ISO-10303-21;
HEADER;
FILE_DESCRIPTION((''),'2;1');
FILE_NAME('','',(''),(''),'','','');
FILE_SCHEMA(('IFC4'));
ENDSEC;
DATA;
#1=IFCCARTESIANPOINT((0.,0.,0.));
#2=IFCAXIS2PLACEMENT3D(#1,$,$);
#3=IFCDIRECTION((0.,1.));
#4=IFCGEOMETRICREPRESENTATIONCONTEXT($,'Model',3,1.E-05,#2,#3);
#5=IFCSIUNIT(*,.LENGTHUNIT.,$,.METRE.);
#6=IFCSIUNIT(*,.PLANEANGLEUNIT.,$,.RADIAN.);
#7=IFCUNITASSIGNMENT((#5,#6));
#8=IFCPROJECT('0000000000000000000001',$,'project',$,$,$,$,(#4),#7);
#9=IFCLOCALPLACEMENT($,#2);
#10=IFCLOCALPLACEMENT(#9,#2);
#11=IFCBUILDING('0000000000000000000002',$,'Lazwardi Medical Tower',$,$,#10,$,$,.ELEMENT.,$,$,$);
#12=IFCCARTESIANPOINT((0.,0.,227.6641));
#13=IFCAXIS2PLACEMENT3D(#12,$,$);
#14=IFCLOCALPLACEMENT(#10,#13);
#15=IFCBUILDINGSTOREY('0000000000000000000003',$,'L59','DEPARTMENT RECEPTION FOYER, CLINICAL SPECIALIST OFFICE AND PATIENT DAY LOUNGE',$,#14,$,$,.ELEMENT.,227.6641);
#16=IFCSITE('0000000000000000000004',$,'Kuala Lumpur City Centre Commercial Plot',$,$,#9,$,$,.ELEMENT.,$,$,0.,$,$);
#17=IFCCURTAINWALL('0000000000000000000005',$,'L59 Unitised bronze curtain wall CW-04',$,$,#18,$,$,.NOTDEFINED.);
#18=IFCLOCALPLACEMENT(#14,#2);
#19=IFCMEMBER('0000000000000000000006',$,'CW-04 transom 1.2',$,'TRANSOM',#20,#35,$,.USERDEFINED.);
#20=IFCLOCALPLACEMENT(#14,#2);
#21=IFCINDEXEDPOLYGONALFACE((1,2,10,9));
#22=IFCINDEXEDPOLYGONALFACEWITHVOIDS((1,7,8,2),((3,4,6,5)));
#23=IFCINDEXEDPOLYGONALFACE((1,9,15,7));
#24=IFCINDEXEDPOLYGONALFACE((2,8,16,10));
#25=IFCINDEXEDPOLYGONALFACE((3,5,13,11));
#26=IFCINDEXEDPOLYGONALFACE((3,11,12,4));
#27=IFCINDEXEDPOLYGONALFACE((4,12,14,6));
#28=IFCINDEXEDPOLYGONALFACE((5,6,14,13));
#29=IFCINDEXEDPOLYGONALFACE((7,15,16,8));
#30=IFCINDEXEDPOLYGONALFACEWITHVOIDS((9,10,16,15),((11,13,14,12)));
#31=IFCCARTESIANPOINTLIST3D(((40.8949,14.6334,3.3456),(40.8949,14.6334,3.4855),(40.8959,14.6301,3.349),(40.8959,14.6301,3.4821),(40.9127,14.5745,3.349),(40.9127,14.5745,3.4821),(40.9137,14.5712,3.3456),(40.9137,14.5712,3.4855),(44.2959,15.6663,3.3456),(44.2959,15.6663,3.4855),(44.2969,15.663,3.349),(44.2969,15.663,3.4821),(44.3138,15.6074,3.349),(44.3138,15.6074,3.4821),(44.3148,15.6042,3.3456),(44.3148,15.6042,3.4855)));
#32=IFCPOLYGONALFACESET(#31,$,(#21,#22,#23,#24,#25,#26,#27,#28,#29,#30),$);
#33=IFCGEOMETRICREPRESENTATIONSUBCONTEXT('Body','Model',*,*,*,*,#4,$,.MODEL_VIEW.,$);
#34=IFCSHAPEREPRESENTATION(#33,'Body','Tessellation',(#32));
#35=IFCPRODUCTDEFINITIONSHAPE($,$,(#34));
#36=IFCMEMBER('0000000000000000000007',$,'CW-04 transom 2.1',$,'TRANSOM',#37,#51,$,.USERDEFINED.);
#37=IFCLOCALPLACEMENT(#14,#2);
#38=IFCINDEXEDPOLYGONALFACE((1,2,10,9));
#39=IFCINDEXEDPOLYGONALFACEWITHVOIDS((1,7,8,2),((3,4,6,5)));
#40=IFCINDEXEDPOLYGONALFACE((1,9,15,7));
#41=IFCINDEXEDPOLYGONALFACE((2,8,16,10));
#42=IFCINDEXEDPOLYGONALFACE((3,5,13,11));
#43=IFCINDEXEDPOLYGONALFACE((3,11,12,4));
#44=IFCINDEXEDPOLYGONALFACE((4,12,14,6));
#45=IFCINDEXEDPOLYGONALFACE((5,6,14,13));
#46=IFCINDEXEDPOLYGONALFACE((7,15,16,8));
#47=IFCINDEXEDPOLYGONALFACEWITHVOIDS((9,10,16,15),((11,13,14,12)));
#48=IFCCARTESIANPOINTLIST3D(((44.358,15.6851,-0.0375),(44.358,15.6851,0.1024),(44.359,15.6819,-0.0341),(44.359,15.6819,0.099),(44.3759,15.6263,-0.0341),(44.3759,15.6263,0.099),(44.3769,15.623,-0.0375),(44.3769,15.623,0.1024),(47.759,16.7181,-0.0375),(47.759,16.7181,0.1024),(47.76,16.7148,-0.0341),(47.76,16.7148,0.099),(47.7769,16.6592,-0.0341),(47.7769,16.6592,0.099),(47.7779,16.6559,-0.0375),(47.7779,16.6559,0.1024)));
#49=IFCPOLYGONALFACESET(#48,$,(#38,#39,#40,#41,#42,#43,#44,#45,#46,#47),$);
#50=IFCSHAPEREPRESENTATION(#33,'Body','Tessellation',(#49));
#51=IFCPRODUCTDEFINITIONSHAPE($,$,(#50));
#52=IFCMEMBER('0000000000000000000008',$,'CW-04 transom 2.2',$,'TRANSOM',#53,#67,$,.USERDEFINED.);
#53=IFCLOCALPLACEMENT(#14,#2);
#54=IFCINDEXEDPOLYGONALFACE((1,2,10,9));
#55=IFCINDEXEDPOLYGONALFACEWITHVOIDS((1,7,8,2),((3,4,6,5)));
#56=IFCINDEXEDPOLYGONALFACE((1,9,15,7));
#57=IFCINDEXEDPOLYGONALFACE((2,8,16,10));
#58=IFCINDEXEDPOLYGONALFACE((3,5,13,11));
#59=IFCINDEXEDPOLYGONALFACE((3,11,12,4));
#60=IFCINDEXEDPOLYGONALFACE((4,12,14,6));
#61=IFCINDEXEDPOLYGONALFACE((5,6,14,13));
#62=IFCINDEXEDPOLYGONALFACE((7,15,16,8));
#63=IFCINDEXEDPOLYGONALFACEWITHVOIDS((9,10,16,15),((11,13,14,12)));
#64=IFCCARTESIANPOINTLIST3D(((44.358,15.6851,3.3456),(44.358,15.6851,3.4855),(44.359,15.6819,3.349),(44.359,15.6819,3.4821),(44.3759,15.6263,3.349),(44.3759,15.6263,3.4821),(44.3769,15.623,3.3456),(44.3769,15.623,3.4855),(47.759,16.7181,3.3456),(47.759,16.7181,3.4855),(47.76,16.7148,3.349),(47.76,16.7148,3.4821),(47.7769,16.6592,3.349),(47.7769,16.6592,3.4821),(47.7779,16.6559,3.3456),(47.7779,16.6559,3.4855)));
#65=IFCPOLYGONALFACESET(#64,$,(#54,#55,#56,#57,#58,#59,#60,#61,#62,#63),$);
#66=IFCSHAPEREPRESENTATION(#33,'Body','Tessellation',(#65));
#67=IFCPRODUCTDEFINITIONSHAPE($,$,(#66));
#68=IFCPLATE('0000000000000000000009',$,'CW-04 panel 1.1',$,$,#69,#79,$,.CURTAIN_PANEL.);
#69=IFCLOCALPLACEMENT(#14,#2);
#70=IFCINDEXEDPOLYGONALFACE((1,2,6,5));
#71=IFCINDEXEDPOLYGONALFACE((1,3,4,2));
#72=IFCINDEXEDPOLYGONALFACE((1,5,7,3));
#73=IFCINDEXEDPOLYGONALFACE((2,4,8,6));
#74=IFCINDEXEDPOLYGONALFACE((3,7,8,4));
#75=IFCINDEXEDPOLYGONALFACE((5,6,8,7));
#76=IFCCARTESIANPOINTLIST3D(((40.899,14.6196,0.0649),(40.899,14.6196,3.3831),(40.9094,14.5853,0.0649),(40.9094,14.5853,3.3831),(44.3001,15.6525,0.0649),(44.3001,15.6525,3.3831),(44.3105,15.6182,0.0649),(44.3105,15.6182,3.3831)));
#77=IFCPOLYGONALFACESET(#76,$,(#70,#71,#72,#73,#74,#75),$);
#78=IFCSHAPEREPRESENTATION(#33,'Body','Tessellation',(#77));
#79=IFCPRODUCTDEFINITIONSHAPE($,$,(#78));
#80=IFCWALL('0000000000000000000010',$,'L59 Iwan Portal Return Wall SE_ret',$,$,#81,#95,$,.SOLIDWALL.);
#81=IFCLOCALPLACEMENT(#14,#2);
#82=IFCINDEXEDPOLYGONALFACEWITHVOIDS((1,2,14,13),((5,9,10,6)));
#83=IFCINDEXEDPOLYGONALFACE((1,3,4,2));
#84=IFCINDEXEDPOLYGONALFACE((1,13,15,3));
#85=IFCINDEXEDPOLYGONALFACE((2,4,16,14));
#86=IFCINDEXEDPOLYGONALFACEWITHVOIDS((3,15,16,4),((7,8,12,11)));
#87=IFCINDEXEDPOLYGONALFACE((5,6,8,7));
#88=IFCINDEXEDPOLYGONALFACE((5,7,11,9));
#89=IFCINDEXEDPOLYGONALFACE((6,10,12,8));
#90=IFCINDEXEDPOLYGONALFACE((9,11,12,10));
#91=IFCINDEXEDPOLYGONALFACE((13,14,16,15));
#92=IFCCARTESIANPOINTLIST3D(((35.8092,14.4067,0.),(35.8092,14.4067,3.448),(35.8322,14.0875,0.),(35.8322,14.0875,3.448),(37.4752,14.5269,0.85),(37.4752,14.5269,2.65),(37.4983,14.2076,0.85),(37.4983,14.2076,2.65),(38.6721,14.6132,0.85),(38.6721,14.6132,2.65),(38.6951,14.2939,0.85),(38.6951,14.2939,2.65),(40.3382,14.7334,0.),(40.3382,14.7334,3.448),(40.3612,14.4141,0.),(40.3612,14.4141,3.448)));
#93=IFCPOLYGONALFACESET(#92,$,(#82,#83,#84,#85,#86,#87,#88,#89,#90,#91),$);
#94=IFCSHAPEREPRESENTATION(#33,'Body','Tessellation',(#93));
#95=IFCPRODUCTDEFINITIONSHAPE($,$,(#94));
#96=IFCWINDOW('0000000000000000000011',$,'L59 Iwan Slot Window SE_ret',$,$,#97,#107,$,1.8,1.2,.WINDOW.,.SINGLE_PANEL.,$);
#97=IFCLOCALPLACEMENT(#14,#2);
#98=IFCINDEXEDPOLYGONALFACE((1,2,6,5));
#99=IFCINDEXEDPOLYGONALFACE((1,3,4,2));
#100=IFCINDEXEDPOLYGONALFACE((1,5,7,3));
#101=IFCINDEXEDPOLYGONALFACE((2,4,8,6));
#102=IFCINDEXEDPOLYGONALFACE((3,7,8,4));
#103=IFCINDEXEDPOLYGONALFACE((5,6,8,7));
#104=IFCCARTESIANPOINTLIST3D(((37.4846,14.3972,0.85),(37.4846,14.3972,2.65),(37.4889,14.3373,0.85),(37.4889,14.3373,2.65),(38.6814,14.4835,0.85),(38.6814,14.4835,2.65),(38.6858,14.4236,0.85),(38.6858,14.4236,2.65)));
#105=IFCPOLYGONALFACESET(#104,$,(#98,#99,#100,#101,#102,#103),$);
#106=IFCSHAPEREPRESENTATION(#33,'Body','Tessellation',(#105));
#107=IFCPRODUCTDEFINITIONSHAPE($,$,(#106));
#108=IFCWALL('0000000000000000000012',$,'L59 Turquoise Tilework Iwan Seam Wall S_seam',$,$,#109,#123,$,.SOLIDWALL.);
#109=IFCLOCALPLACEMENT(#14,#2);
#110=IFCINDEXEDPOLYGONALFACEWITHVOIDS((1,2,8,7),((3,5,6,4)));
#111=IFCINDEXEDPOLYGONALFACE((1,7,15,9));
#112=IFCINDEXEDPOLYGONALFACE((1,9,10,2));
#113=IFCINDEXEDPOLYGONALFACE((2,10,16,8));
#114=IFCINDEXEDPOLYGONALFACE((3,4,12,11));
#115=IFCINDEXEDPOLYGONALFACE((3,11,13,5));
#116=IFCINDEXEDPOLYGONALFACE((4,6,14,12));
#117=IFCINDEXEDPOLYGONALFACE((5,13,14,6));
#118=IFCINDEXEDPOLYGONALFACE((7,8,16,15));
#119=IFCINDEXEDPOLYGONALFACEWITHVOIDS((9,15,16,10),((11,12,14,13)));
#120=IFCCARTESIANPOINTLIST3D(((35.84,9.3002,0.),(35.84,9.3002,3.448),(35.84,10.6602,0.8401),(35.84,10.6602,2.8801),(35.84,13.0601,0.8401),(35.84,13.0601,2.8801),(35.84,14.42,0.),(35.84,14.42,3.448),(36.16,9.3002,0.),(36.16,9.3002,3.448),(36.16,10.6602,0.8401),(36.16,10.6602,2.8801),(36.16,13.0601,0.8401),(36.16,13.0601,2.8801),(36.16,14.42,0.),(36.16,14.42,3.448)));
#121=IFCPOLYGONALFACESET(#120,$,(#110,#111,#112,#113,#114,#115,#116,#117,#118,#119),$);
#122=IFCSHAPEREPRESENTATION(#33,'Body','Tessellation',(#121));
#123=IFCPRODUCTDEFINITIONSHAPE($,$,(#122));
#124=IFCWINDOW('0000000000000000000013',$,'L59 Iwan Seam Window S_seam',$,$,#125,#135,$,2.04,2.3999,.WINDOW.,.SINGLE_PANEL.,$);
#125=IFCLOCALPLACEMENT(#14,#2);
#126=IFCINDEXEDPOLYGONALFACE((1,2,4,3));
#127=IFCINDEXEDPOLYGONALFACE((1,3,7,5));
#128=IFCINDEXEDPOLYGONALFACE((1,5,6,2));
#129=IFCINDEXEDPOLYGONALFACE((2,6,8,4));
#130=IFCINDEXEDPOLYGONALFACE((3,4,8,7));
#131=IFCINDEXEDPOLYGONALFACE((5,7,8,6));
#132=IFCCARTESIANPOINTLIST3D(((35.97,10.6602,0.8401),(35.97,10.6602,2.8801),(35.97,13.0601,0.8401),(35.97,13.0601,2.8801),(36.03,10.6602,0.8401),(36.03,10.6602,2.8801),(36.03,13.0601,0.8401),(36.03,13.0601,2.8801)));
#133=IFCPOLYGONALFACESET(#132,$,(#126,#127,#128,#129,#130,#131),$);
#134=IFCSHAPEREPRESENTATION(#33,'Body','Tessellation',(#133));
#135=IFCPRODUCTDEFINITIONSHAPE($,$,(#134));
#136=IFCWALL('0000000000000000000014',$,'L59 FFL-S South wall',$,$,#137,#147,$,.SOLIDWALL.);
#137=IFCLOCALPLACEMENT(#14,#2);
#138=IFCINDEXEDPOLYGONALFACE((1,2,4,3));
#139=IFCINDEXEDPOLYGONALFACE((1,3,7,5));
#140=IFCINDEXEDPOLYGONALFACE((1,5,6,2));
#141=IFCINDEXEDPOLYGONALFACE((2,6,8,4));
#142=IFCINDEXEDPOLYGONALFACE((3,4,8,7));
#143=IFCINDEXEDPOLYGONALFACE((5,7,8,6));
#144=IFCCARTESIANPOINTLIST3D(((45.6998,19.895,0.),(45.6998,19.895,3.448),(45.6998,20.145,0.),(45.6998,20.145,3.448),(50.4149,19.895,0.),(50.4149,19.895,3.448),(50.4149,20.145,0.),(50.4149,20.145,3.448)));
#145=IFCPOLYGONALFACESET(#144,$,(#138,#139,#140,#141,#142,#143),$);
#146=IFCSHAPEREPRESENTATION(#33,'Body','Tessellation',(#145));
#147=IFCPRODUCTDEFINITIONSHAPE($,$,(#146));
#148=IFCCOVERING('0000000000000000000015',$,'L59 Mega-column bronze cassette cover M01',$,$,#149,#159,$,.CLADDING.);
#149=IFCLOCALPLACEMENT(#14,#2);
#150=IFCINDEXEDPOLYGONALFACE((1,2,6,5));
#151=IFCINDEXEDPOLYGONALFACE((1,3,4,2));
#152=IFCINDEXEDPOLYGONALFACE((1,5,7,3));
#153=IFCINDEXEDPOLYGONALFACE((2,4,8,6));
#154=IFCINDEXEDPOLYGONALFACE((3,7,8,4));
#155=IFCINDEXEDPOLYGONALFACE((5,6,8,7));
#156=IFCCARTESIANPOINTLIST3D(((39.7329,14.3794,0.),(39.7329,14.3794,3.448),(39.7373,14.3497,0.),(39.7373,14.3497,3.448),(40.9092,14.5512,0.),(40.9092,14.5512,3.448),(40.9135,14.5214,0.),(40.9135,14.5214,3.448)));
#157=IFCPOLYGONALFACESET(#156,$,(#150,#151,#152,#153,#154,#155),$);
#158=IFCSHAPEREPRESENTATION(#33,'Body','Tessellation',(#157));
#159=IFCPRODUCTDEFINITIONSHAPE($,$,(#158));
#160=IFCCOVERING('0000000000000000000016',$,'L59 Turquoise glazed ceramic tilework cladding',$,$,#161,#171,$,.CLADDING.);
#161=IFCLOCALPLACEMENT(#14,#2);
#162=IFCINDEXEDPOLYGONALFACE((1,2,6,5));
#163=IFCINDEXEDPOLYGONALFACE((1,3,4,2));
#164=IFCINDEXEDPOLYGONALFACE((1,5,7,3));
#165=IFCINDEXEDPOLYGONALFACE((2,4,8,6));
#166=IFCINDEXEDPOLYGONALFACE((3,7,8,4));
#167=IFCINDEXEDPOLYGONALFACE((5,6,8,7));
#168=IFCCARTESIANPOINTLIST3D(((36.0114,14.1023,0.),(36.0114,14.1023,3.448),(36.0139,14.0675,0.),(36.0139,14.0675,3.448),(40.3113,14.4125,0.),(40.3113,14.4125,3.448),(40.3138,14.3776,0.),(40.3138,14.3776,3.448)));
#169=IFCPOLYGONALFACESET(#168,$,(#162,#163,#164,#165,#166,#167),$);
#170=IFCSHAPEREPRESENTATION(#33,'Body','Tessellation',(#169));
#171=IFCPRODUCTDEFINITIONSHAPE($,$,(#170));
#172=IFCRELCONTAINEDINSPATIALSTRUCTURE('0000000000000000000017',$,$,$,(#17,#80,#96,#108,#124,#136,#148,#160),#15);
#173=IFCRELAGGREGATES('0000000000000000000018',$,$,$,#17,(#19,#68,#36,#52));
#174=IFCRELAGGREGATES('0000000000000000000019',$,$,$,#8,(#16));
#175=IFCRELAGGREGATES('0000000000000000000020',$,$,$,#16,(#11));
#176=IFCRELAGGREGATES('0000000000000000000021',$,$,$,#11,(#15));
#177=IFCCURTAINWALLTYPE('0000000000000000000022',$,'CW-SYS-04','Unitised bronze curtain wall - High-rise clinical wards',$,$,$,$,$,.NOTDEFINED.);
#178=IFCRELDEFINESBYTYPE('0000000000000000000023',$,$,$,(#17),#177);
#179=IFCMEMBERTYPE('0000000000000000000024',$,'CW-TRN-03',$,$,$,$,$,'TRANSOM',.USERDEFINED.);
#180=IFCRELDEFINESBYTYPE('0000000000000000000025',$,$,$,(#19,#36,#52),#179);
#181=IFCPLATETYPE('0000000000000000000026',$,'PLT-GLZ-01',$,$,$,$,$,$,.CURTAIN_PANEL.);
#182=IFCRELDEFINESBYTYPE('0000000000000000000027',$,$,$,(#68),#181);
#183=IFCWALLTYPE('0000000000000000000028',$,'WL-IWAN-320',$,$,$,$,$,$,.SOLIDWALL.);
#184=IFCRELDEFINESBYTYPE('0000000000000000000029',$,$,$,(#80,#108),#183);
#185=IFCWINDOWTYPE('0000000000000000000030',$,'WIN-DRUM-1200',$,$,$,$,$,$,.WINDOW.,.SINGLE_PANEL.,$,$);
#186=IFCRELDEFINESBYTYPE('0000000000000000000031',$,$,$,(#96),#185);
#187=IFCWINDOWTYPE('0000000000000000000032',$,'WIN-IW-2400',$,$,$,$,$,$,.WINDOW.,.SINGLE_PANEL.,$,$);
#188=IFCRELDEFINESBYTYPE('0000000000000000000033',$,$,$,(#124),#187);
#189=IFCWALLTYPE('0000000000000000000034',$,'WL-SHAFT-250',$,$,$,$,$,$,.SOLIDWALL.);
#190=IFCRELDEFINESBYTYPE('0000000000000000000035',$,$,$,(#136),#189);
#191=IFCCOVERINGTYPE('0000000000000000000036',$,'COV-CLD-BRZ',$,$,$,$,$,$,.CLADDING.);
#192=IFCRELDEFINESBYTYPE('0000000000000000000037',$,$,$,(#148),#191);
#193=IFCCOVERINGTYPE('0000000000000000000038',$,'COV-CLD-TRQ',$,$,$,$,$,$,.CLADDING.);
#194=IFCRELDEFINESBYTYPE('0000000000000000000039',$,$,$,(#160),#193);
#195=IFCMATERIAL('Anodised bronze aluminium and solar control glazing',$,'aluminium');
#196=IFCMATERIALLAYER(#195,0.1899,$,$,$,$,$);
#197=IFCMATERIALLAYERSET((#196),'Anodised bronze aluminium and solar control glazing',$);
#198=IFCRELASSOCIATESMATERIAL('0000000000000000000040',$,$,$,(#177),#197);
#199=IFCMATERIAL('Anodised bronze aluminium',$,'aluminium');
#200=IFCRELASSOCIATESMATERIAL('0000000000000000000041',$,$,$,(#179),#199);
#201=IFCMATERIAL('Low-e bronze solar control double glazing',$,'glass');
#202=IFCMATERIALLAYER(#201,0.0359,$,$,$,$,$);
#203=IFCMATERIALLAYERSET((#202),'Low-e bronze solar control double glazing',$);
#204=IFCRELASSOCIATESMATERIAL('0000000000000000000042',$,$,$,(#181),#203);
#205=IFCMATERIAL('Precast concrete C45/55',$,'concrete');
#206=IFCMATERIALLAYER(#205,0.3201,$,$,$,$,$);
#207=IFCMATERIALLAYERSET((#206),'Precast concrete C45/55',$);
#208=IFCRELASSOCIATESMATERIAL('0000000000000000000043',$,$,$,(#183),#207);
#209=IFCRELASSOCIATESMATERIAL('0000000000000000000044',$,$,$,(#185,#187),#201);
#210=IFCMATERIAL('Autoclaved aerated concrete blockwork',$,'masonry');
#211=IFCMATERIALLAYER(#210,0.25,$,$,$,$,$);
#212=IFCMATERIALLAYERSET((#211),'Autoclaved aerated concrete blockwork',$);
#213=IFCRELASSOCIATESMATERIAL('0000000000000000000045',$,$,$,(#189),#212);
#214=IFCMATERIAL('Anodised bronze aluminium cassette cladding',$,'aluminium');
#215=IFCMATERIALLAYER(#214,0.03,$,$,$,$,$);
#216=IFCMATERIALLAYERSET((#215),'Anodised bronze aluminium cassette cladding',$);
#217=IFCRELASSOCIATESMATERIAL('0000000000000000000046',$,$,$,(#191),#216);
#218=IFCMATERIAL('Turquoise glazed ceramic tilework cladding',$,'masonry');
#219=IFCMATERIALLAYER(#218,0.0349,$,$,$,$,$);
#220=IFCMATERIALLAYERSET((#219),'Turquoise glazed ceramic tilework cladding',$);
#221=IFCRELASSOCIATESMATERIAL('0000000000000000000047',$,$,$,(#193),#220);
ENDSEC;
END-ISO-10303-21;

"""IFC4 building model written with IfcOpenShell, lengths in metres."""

from ifc_helpers import new_model, si_unit, direction, frame, frame_2d, origin, origin_2d, place, context, subcontext, project, spatial, rectangle, hollow_rectangle, extrude, material, layer, layer_set, material_profile, profile_set, type_object, element, fill, aggregate, save


model = new_model("IFC4")

# Units and contexts
model_context = context("Model", 3, precision=1e-05, world=origin(), true_north=direction((0.0, 1.0)))
body_context = subcontext(model_context, "Body", "Model", "MODEL_VIEW")
ifc_project = project(units=[si_unit("LENGTHUNIT", "METRE"), si_unit("PLANEANGLEUNIT", "RADIAN")], contexts=[model_context])

# Site, building, storey
site_placement = place(None, origin())
site = spatial("IfcSite", under=ifc_project, at=site_placement, Name="Kuala Lumpur City Centre Commercial Plot", CompositionType="ELEMENT", RefElevation=0.0)
building_placement = place(site_placement, origin())
building = spatial("IfcBuilding", under=site, at=building_placement, Name="Lazwardi Medical Tower", CompositionType="ELEMENT")
storey_placement = place(building_placement, frame((0.0, 0.0, 227.6641)))
storey = spatial("IfcBuildingStorey", under=building, at=storey_placement, Name="L59", Description="DEPARTMENT RECEPTION FOYER, CLINICAL SPECIALIST OFFICE AND PATIENT DAY LOUNGE", CompositionType="ELEMENT", Elevation=227.6641)

# Curtain wall, members, plate
ifc_material_1 = material(Name="Anodised bronze aluminium and solar control glazing", Category="aluminium")
ifc_layer_1 = layer(ifc_material_1, 0.1899)
ifc_layer_set_1 = layer_set([ifc_layer_1], Name="Anodised bronze aluminium and solar control glazing")
curtain_wall_type = type_object("IfcCurtainWallType", Name="CW-SYS-04", Description="Unitised bronze curtain wall - High-rise clinical wards", PredefinedType="NOTDEFINED", material=ifc_layer_set_1)
curtain_wall_placement = place(storey_placement, origin())
curtain_wall = element("IfcCurtainWall", 1, at=curtain_wall_placement, inside=storey, type_object=curtain_wall_type, Name="L59 Unitised bronze curtain wall CW-04", PredefinedType="NOTDEFINED")
ifc_material_2 = material(Name="Anodised bronze aluminium", Category="aluminium")
ifc_material_profile_1 = material_profile(ifc_material_2, hollow_rectangle(XDim=0.0649, YDim=0.1399, WallThickness=0.0034, at=origin_2d()), Name="ALU-TRANSOM 140x65x3.5")
ifc_profile_set_1 = profile_set([ifc_material_profile_1], Name="Anodised bronze aluminium")
member_type_1 = type_object("IfcMemberType", Name="CW-TRN-03", ElementType="TRANSOM", PredefinedType="USERDEFINED", material=ifc_profile_set_1)
member_1_placement = place(storey_placement, frame((40.9043, 14.6023, 3.4155), z_axis=(0.956843, 0.290604, 0.0), x_axis=(-0.290604, 0.956843, 0.0)))
member_1 = element("IfcMember", 2, at=member_1_placement, type_object=member_type_1, Name="CW-04 transom 1.2", ObjectType="TRANSOM", PredefinedType="USERDEFINED", context=body_context, shape_type="SweptSolid", body=[
    extrude(hollow_rectangle(XDim=0.0649, YDim=0.1399, WallThickness=0.0034, at=origin_2d()), origin(), (0.0, 0.0, 1.0), 3.5544),
])
member_2_placement = place(storey_placement, frame((44.3674, 15.6541, 0.0325), z_axis=(0.956843, 0.290604, 0.0), x_axis=(-0.290604, 0.956843, 0.0)))
member_2 = element("IfcMember", 3, at=member_2_placement, type_object=member_type_1, Name="CW-04 transom 2.1", ObjectType="TRANSOM", PredefinedType="USERDEFINED", context=body_context, shape_type="SweptSolid", body=[
    extrude(hollow_rectangle(XDim=0.0649, YDim=0.1399, WallThickness=0.0034, at=origin_2d()), origin(), (0.0, 0.0, 1.0), 3.5544),
])
member_3_placement = place(storey_placement, frame((44.3674, 15.6541, 3.4155), z_axis=(0.956843, 0.290604, 0.0), x_axis=(-0.290604, 0.956843, 0.0)))
member_3 = element("IfcMember", 4, at=member_3_placement, type_object=member_type_1, Name="CW-04 transom 2.2", ObjectType="TRANSOM", PredefinedType="USERDEFINED", context=body_context, shape_type="SweptSolid", body=[
    extrude(hollow_rectangle(XDim=0.0649, YDim=0.1399, WallThickness=0.0034, at=origin_2d()), origin(), (0.0, 0.0, 1.0), 3.5544),
])
ifc_material_3 = material(Name="Low-e bronze solar control double glazing", Category="glass")
ifc_layer_2 = layer(ifc_material_3, 0.0359)
ifc_layer_set_2 = layer_set([ifc_layer_2], Name="Low-e bronze solar control double glazing")
plate_type = type_object("IfcPlateType", Name="PLT-GLZ-01", PredefinedType="CURTAIN_PANEL", material=ifc_layer_set_2)
plate_placement = place(storey_placement, frame((42.6047, 15.1189, 0.0649), z_axis=(0.0, 0.0, 1.0), x_axis=(0.95685, 0.290582, 0.0)))
plate = element("IfcPlate", 5, at=plate_placement, type_object=plate_type, Name="CW-04 panel 1.1", PredefinedType="CURTAIN_PANEL", context=body_context, shape_type="SweptSolid", body=[
    extrude(rectangle(XDim=3.5544, YDim=0.0359, at=origin_2d()), origin(), (0.0, 0.0, 1.0), 3.3181),
])
aggregate(curtain_wall, [member_1, plate, member_2, member_3])

# Walls, openings, windows
ifc_material_4 = material(Name="Precast concrete C45/55", Category="concrete")
ifc_layer_3 = layer(ifc_material_4, 0.3201)
ifc_layer_set_3 = layer_set([ifc_layer_3], Name="Precast concrete C45/55")
wall_type_1 = type_object("IfcWallType", Name="WL-IWAN-320", PredefinedType="SOLIDWALL", material=ifc_layer_set_3)
wall_1_placement = place(storey_placement, frame((35.8206, 14.2471, 0.0), z_axis=(0.0, 0.0, 1.0), x_axis=(0.997409, 0.071939, 0.0)))
wall_1 = element("IfcWall", 6, at=wall_1_placement, inside=storey, type_object=wall_type_1, Name="L59 Iwan Portal Return Wall SE_ret", PredefinedType="SOLIDWALL", context=body_context, shape_type="SweptSolid", body=[
    extrude(rectangle(XDim=4.5408, YDim=0.3201, at=frame_2d((2.2705, 0.0))), origin(), (0.0, 0.0, 1.0), 3.448),
])
opening_1_placement = place(wall_1_placement, frame((1.6704, 0.0, 0.8501)))
opening_1 = element("IfcOpeningElement", 7, at=opening_1_placement, cuts=wall_1, PredefinedType="OPENING", context=body_context, shape_type="SweptSolid", body=[
    extrude(rectangle(XDim=1.2, YDim=1.8, at=frame_2d((0.6001, 0.8999))), frame((0.0, 0.1699, 0.0), z_axis=(0.0, -1.0, 0.0), x_axis=(1.0, 0.0, 0.0)), (0.0, 0.0, 1.0), 0.3401),
])
window_type_1 = type_object("IfcWindowType", Name="WIN-DRUM-1200", PartitioningType="SINGLE_PANEL", PredefinedType="WINDOW", material=ifc_material_3)
window_1_placement = place(opening_1_placement, origin())
window_1 = element("IfcWindow", 8, at=window_1_placement, inside=storey, type_object=window_type_1, Name="L59 Iwan Slot Window SE_ret", OverallHeight=1.8, OverallWidth=1.2, PartitioningType="SINGLE_PANEL", PredefinedType="WINDOW", context=body_context, shape_type="SweptSolid", body=[
    extrude(rectangle(XDim=1.2, YDim=1.8, at=frame_2d((0.6001, 0.8999))), frame((0.0, 0.03, 0.0), z_axis=(0.0, -1.0, 0.0), x_axis=(1.0, 0.0, 0.0)), (0.0, 0.0, 1.0), 0.0601),
])
fill(opening_1, window_1)
wall_2_placement = place(storey_placement, frame((36.0, 9.3, 0.0), z_axis=(0.0, 0.0, 1.0), x_axis=(0.0, 1.0, 0.0)))
wall_2 = element("IfcWall", 9, at=wall_2_placement, inside=storey, type_object=wall_type_1, Name="L59 Turquoise Tilework Iwan Seam Wall S_seam", PredefinedType="SOLIDWALL", context=body_context, shape_type="SweptSolid", body=[
    extrude(rectangle(XDim=5.1199, YDim=0.3201, at=frame_2d((2.5601, 0.0))), origin(), (0.0, 0.0, 1.0), 3.448),
])
opening_2_placement = place(wall_2_placement, frame((1.3601, 0.0, 0.8401)))
opening_2 = element("IfcOpeningElement", 10, at=opening_2_placement, cuts=wall_2, PredefinedType="OPENING", context=body_context, shape_type="SweptSolid", body=[
    extrude(rectangle(XDim=2.3999, YDim=2.04, at=frame_2d((1.2, 1.02))), frame((0.0, 0.1699, 0.0), z_axis=(0.0, -1.0, 0.0), x_axis=(1.0, 0.0, 0.0)), (0.0, 0.0, 1.0), 0.3401),
])
window_type_2 = type_object("IfcWindowType", Name="WIN-IW-2400", PartitioningType="SINGLE_PANEL", PredefinedType="WINDOW", material=ifc_material_3)
window_2_placement = place(opening_2_placement, origin())
window_2 = element("IfcWindow", 11, at=window_2_placement, inside=storey, type_object=window_type_2, Name="L59 Iwan Seam Window S_seam", OverallHeight=2.04, OverallWidth=2.3999, PartitioningType="SINGLE_PANEL", PredefinedType="WINDOW", context=body_context, shape_type="SweptSolid", body=[
    extrude(rectangle(XDim=2.3999, YDim=2.04, at=frame_2d((1.2, 1.02))), frame((0.0, 0.03, 0.0), z_axis=(0.0, -1.0, 0.0), x_axis=(1.0, 0.0, 0.0)), (0.0, 0.0, 1.0), 0.0601),
])
fill(opening_2, window_2)

# Wall
ifc_material_5 = material(Name="Autoclaved aerated concrete blockwork", Category="masonry")
ifc_layer_4 = layer(ifc_material_5, 0.25)
ifc_layer_set_4 = layer_set([ifc_layer_4], Name="Autoclaved aerated concrete blockwork")
wall_type_2 = type_object("IfcWallType", Name="WL-SHAFT-250", PredefinedType="SOLIDWALL", material=ifc_layer_set_4)
wall_3_placement = place(storey_placement, frame((45.7, 20.02, 0.0), z_axis=(0.0, 0.0, 1.0), x_axis=(1.0, 0.0, 0.0)))
element("IfcWall", 12, at=wall_3_placement, inside=storey, type_object=wall_type_2, Name="L59 FFL-S South wall", PredefinedType="SOLIDWALL", context=body_context, shape_type="SweptSolid", body=[
    extrude(rectangle(XDim=4.7151, YDim=0.25, at=frame_2d((2.3574, 0.0))), origin(), (0.0, 0.0, 1.0), 3.448),
])

# Coverings
ifc_material_6 = material(Name="Anodised bronze aluminium cassette cladding", Category="aluminium")
ifc_layer_5 = layer(ifc_material_6, 0.03)
ifc_layer_set_5 = layer_set([ifc_layer_5], Name="Anodised bronze aluminium cassette cladding")
covering_type_1 = type_object("IfcCoveringType", Name="COV-CLD-BRZ", PredefinedType="CLADDING", material=ifc_layer_set_5)
covering_1_placement = place(storey_placement, frame((40.3232, 14.4504, 0.0), z_axis=(0.0, 0.0, 1.0), x_axis=(0.989512, 0.144448, 0.0)))
element("IfcCovering", 13, at=covering_1_placement, inside=storey, type_object=covering_type_1, Name="L59 Mega-column bronze cassette cover M01", PredefinedType="CLADDING", context=body_context, shape_type="SweptSolid", body=[
    extrude(rectangle(XDim=1.1887, YDim=0.03, at=origin_2d()), origin(), (0.0, 0.0, 1.0), 3.448),
])
ifc_material_7 = material(Name="Turquoise glazed ceramic tilework cladding", Category="masonry")
ifc_layer_6 = layer(ifc_material_7, 0.0349)
ifc_layer_set_6 = layer_set([ifc_layer_6], Name="Turquoise glazed ceramic tilework cladding")
covering_type_2 = type_object("IfcCoveringType", Name="COV-CLD-TRQ", PredefinedType="CLADDING", material=ifc_layer_set_6)
covering_2_placement = place(storey_placement, frame((38.1626, 14.24, 0.0), z_axis=(0.0, 0.0, 1.0), x_axis=(0.997409, 0.071933, 0.0)))
element("IfcCovering", 14, at=covering_2_placement, inside=storey, type_object=covering_type_2, Name="L59 Turquoise glazed ceramic tilework cladding", PredefinedType="CLADDING", context=body_context, shape_type="SweptSolid", body=[
    extrude(rectangle(XDim=4.311, YDim=0.0349, at=origin_2d()), origin(), (0.0, 0.0, 1.0), 3.448),
])

save(model, "model.ifc")
